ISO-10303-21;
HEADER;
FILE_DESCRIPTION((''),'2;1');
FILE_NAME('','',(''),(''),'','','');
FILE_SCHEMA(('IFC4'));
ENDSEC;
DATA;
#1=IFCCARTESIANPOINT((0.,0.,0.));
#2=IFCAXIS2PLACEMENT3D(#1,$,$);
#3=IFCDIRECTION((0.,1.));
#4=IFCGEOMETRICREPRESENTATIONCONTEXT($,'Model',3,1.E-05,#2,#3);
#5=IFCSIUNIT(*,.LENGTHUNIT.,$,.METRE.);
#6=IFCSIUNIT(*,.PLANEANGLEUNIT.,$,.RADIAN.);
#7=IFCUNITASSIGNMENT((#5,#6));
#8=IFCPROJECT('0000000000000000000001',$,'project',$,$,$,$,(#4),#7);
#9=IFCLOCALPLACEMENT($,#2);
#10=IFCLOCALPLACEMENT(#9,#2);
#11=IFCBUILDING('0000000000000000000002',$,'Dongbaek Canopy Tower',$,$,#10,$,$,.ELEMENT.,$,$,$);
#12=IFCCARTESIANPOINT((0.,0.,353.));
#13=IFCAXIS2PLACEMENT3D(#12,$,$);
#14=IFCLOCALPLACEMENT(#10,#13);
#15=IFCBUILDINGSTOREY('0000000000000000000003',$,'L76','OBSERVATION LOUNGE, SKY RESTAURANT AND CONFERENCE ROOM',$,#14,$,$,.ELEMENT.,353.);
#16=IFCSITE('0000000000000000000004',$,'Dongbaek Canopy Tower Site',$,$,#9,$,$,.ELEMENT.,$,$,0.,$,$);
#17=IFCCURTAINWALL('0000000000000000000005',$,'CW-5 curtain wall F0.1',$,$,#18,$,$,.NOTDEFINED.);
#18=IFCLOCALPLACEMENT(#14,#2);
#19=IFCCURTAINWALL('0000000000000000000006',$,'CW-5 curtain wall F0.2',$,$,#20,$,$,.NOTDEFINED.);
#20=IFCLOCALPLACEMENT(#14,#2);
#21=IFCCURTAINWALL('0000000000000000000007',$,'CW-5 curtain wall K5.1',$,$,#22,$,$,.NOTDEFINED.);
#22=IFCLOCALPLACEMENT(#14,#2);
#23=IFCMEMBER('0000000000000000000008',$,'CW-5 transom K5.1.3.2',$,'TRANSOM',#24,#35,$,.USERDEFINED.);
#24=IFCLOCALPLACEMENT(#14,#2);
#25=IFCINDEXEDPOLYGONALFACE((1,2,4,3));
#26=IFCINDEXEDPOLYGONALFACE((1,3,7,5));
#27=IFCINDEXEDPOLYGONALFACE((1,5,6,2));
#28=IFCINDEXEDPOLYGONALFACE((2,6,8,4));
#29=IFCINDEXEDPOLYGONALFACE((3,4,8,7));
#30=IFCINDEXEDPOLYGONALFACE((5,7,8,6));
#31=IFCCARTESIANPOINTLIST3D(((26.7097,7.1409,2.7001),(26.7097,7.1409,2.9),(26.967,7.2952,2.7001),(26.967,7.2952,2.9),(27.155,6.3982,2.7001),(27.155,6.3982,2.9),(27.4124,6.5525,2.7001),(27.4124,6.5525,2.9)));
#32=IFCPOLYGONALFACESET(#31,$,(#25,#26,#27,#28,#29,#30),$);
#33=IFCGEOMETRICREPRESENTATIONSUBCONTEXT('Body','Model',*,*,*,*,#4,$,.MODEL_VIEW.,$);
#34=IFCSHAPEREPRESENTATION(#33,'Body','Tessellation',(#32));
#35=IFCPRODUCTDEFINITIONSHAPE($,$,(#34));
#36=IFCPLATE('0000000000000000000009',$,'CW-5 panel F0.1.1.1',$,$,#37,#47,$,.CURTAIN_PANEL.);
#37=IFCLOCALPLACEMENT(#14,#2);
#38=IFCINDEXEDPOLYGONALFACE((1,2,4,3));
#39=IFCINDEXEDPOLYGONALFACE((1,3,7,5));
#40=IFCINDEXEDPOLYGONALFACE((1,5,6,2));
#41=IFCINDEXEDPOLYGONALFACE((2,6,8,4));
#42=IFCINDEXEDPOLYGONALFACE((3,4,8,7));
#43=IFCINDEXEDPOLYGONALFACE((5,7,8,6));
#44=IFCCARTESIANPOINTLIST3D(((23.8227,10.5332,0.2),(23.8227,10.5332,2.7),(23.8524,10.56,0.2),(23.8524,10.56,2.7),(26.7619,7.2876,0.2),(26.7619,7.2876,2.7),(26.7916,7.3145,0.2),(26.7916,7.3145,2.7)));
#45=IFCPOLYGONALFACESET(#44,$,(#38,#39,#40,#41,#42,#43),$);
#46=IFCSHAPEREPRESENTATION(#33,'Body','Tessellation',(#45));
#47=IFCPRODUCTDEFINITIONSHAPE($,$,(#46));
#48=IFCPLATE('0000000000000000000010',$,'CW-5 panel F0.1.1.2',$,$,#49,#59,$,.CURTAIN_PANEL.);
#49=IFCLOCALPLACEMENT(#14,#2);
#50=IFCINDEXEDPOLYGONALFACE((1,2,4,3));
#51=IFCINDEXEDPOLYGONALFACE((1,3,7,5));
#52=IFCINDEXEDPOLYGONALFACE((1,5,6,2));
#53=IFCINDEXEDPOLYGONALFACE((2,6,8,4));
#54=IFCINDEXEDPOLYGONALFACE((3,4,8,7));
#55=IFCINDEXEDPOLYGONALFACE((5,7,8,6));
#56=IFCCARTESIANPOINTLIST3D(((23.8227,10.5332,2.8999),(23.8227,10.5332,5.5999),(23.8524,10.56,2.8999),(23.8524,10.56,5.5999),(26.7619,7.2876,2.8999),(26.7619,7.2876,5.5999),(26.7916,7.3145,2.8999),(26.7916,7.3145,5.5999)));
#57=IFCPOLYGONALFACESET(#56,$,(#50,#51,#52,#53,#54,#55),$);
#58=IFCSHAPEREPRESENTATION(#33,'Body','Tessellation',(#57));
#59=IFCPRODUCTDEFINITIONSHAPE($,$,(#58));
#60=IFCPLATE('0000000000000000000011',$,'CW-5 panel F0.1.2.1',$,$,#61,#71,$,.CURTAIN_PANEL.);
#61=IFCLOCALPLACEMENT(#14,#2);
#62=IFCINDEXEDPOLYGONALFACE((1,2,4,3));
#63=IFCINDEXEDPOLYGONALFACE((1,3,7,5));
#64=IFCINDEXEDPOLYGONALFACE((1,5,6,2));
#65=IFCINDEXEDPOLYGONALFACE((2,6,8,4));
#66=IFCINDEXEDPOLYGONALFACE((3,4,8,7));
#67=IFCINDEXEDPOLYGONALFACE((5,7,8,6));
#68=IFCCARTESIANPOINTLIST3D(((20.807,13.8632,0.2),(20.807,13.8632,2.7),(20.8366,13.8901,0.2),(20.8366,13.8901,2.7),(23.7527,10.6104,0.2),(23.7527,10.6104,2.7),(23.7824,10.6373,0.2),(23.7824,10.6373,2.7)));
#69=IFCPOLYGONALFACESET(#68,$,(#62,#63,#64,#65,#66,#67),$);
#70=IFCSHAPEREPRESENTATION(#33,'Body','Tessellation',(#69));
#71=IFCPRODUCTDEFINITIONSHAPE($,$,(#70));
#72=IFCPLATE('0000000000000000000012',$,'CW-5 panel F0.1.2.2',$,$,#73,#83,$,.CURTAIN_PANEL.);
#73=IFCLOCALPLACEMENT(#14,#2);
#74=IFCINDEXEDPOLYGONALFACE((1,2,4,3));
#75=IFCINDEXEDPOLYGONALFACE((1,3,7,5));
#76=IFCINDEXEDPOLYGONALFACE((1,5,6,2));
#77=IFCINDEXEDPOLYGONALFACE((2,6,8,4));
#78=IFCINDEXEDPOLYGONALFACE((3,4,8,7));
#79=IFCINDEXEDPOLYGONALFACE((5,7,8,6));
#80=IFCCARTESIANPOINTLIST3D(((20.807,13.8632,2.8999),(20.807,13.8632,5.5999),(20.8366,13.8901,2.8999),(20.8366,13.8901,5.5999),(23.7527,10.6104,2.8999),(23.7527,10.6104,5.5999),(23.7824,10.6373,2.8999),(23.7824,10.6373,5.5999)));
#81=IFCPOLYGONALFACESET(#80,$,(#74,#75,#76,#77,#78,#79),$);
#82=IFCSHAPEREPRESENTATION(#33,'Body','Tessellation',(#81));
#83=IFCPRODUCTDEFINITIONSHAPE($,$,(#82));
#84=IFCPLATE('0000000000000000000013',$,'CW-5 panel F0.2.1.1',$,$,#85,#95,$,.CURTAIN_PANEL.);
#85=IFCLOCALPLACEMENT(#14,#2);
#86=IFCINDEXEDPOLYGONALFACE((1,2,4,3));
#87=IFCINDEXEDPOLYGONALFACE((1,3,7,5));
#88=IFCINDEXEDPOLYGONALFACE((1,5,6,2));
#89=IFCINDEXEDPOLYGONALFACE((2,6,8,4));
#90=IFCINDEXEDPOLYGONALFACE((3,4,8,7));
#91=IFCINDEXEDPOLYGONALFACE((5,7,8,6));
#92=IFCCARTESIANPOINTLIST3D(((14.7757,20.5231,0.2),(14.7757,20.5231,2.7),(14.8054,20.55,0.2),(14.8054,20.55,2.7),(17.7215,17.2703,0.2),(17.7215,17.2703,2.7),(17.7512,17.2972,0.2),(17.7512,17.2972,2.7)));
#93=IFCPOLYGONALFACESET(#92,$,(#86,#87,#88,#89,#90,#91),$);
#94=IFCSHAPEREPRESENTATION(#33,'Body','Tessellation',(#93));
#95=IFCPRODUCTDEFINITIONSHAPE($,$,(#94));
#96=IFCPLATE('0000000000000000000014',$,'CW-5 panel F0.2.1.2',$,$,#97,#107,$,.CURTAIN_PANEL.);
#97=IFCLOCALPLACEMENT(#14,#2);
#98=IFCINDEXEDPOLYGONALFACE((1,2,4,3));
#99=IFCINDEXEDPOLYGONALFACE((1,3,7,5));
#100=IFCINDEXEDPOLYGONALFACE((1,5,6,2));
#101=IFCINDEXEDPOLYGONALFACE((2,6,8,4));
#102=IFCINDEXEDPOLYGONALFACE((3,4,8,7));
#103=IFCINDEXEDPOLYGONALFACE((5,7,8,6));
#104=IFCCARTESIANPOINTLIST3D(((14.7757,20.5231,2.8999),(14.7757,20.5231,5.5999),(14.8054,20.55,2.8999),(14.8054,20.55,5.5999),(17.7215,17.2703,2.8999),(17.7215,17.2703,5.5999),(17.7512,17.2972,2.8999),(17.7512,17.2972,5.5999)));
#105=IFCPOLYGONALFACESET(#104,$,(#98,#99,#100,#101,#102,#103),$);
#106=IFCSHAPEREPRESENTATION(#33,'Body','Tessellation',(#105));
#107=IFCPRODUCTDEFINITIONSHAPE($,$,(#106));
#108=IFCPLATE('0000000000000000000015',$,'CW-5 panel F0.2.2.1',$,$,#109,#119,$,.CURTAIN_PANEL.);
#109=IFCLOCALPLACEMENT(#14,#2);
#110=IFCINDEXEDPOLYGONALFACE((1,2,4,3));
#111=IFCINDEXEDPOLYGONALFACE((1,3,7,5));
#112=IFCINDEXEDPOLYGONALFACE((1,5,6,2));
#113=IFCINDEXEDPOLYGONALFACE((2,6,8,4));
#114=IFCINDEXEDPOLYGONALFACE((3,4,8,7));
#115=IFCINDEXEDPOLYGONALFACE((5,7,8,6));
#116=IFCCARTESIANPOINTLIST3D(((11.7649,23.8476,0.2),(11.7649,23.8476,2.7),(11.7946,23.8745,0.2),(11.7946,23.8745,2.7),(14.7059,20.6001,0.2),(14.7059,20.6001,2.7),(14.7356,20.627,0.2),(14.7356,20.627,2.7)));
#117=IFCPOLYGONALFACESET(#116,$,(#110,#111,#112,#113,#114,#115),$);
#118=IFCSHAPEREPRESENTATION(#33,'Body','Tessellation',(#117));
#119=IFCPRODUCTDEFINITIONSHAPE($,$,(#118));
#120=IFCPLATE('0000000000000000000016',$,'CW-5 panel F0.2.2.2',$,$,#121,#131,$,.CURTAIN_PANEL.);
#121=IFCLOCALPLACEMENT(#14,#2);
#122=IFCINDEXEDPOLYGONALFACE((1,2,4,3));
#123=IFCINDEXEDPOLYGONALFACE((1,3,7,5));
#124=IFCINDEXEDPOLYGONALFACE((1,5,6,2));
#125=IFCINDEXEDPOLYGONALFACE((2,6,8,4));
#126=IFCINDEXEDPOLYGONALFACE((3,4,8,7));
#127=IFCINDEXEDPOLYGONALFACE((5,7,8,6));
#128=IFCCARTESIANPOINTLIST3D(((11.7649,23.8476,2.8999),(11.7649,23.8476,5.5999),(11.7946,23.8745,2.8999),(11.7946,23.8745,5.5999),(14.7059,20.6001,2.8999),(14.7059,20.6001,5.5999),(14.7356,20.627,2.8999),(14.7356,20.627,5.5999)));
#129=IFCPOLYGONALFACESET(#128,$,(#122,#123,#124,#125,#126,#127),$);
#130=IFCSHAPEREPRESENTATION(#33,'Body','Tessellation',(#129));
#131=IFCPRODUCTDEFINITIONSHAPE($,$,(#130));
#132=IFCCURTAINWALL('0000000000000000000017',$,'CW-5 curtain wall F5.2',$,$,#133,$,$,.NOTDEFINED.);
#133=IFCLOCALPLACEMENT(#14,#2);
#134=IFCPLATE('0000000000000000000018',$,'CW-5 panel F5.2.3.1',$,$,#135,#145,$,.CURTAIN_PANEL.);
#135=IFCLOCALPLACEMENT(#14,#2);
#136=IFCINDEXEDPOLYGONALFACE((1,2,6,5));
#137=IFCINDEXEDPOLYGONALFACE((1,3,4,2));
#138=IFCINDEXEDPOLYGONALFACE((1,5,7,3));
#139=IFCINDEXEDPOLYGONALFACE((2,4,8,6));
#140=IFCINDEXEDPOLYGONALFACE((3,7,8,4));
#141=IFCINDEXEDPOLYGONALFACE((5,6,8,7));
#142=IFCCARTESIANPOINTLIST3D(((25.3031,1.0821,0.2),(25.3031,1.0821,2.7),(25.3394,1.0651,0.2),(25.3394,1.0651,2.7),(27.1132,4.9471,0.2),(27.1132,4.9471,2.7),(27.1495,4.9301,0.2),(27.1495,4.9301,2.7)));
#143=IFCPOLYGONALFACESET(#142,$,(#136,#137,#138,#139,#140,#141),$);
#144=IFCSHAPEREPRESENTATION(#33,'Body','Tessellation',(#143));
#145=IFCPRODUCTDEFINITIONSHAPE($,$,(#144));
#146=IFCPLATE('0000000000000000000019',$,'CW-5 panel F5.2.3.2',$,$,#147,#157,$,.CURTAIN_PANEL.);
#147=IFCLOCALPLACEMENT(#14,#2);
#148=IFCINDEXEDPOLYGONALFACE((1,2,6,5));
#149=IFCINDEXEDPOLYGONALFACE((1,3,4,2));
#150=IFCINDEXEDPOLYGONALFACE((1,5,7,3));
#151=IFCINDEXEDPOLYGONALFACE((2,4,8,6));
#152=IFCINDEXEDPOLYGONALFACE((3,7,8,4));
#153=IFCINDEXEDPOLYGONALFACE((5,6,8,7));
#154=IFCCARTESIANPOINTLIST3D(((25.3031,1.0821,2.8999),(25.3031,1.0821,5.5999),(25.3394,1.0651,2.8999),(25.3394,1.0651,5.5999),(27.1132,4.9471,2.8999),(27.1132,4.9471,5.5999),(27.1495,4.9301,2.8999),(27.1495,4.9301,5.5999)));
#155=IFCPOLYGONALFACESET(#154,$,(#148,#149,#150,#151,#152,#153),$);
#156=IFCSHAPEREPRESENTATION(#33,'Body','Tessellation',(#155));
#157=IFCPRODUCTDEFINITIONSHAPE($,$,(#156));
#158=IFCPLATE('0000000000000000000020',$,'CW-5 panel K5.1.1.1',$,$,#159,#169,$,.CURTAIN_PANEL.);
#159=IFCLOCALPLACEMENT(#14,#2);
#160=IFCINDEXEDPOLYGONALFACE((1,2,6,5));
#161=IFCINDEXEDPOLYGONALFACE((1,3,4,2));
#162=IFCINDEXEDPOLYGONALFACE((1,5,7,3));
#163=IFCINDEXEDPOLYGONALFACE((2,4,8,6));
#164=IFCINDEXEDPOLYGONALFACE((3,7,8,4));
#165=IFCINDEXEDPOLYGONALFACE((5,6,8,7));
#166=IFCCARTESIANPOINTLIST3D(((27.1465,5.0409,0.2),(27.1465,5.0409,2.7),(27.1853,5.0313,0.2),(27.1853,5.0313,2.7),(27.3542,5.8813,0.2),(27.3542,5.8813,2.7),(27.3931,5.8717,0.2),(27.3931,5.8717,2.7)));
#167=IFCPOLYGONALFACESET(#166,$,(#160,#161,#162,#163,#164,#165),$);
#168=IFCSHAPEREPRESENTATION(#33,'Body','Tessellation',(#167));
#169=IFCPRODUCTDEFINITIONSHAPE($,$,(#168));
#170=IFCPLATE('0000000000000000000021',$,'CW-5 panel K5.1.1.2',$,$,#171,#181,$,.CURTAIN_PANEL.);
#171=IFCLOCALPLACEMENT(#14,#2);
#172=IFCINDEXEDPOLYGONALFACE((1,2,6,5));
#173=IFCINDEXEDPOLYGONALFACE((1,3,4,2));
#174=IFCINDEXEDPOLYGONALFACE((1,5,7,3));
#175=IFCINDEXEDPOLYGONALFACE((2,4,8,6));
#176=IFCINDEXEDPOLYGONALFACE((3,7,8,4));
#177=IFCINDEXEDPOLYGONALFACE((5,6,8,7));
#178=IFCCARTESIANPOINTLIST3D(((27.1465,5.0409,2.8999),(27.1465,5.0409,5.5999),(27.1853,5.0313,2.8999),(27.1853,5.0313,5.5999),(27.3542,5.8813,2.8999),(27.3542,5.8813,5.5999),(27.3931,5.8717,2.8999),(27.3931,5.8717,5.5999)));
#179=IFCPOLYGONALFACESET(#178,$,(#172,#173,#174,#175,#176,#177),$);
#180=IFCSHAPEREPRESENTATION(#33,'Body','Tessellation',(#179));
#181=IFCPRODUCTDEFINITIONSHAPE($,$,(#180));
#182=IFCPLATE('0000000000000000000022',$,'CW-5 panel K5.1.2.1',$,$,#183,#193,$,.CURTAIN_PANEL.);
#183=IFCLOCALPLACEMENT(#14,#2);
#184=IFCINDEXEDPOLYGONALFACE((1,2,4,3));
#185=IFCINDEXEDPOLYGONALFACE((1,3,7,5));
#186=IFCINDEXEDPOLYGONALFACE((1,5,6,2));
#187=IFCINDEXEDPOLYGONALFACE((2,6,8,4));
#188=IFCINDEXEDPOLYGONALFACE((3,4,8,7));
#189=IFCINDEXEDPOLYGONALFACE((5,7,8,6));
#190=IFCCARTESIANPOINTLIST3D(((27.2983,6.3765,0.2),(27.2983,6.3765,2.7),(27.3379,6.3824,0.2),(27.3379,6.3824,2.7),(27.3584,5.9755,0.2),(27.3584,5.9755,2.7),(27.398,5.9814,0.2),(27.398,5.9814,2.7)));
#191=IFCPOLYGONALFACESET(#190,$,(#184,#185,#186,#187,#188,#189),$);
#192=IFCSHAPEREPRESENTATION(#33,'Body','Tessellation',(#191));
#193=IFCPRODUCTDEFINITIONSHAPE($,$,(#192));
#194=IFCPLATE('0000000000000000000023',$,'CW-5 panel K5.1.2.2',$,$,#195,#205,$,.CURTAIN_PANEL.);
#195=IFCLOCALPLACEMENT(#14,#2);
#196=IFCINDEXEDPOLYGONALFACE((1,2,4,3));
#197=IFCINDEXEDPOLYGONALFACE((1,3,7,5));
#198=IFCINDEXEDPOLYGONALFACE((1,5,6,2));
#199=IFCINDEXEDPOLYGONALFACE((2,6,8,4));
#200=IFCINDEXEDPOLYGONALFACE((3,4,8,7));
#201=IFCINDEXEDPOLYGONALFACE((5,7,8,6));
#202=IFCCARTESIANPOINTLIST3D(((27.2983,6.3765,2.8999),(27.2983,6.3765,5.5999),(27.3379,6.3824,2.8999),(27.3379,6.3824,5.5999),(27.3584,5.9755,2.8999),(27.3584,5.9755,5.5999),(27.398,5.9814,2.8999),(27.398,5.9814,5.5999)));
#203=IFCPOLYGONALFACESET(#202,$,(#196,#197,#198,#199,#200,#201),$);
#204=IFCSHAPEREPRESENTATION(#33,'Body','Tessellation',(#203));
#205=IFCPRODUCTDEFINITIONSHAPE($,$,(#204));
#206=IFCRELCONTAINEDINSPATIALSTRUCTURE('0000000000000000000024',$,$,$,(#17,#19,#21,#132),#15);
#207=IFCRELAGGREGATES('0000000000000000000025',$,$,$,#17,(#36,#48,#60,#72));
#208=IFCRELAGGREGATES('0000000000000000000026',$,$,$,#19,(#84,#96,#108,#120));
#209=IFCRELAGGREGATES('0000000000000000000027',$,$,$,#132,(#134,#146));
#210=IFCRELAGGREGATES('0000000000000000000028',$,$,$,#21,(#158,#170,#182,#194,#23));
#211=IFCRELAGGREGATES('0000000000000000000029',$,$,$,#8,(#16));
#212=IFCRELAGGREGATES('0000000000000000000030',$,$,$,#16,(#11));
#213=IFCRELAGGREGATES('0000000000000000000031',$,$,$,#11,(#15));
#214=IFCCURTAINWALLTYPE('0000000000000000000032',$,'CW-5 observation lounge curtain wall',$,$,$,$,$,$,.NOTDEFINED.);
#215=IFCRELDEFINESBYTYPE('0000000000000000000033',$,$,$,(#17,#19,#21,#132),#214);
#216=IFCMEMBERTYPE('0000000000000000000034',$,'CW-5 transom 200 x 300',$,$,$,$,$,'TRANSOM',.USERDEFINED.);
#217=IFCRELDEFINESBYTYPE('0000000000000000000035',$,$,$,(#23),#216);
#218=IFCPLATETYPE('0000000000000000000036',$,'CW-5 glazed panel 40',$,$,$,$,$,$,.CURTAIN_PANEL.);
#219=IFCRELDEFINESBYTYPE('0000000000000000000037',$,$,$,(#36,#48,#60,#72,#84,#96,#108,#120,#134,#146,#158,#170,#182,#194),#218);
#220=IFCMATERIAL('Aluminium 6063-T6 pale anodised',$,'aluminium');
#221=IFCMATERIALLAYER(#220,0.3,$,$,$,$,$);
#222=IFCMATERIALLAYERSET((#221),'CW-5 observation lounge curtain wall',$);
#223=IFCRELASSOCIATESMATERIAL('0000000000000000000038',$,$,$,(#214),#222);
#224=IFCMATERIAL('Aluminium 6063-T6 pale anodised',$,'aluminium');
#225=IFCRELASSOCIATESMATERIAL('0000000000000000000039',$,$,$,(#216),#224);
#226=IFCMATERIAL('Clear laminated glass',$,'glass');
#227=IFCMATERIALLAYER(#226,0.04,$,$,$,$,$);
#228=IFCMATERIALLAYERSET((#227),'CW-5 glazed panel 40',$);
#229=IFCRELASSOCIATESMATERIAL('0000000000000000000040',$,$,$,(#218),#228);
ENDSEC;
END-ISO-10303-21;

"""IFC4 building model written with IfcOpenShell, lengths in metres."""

from ifc_helpers import new_model, si_unit, direction, frame, origin, origin_2d, place, context, subcontext, project, spatial, rectangle, extrude, material, layer, layer_set, material_profile, profile_set, type_object, element, aggregate, save


model = new_model("IFC4")

# Units and contexts
model_context = context("Model", 3, precision=1e-05, world=origin(), true_north=direction((0.0, 1.0)))
body_context = subcontext(model_context, "Body", "Model", "MODEL_VIEW")
ifc_project = project(units=[si_unit("LENGTHUNIT", "METRE"), si_unit("PLANEANGLEUNIT", "RADIAN")], contexts=[model_context])

# Site, building, storey
site_placement = place(None, origin())
site = spatial("IfcSite", under=ifc_project, at=site_placement, Name="Dongbaek Canopy Tower Site", CompositionType="ELEMENT", RefElevation=0.0)
building_placement = place(site_placement, origin())
building = spatial("IfcBuilding", under=site, at=building_placement, Name="Dongbaek Canopy Tower", CompositionType="ELEMENT")
storey_placement = place(building_placement, frame((0.0, 0.0, 353.0)))
storey = spatial("IfcBuildingStorey", under=building, at=storey_placement, Name="L76", Description="OBSERVATION LOUNGE, SKY RESTAURANT AND CONFERENCE ROOM", CompositionType="ELEMENT", Elevation=353.0)

# Curtain walls, member
ifc_material_1 = material(Name="Aluminium 6063-T6 pale anodised", Category="aluminium")
ifc_layer_1 = layer(ifc_material_1, 0.3)
ifc_layer_set_1 = layer_set([ifc_layer_1], Name="CW-5 observation lounge curtain wall")
curtain_wall_type = type_object("IfcCurtainWallType", Name="CW-5 observation lounge curtain wall", PredefinedType="NOTDEFINED", material=ifc_layer_set_1)
curtain_wall_1_placement = place(storey_placement, origin())
curtain_wall_1 = element("IfcCurtainWall", 1, at=curtain_wall_1_placement, inside=storey, type_object=curtain_wall_type, Name="CW-5 curtain wall F0.1", PredefinedType="NOTDEFINED")
ifc_material_2 = material(Name="Aluminium 6063-T6 pale anodised", Category="aluminium")
ifc_material_profile_1 = material_profile(ifc_material_2, rectangle(XDim=0.3, YDim=0.2, at=origin_2d()), Name="CW-5 transom 200 x 300")
ifc_profile_set_1 = profile_set([ifc_material_profile_1], Name="Aluminium 6063-T6 pale anodised")
member_type_1 = type_object("IfcMemberType", Name="CW-5 transom 200 x 300", ElementType="TRANSOM", PredefinedType="USERDEFINED", material=ifc_profile_set_1)
curtain_wall_2_placement = place(storey_placement, origin())
curtain_wall_2 = element("IfcCurtainWall", 2, at=curtain_wall_2_placement, inside=storey, type_object=curtain_wall_type, Name="CW-5 curtain wall F0.2", PredefinedType="NOTDEFINED")
curtain_wall_3_placement = place(storey_placement, origin())
curtain_wall_3 = element("IfcCurtainWall", 3, at=curtain_wall_3_placement, inside=storey, type_object=curtain_wall_type, Name="CW-5 curtain wall K5.1", PredefinedType="NOTDEFINED")
member_1_placement = place(storey_placement, frame((27.2837, 6.4753, 2.8), z_axis=(-0.514247, 0.857642, 0.0), x_axis=(-0.857642, -0.514247, 0.0)))
member_1 = element("IfcMember", 4, at=member_1_placement, type_object=member_type_1, Name="CW-5 transom K5.1.3.2", ObjectType="TRANSOM", PredefinedType="USERDEFINED", context=body_context, shape_type="SweptSolid", body=[
    extrude(rectangle(XDim=0.3, YDim=0.2, at=origin_2d()), origin(), (0.0, 0.0, 1.0), 0.866),
])

# Plates
ifc_material_3 = material(Name="Clear laminated glass", Category="glass")
ifc_layer_2 = layer(ifc_material_3, 0.04)
ifc_layer_set_2 = layer_set([ifc_layer_2], Name="CW-5 glazed panel 40")
plate_type = type_object("IfcPlateType", Name="CW-5 glazed panel 40", PredefinedType="CURTAIN_PANEL", material=ifc_layer_set_2)
plate_1_placement = place(storey_placement, frame((25.3071, 8.9238, 0.2), z_axis=(0.0, 0.0, 1.0), x_axis=(-0.67126, 0.741222, 0.0)))
plate_1 = element("IfcPlate", 5, at=plate_1_placement, type_object=plate_type, Name="CW-5 panel F0.1.1.1", PredefinedType="CURTAIN_PANEL", context=body_context, shape_type="SweptSolid", body=[
    extrude(rectangle(XDim=4.3787, YDim=0.04, at=origin_2d()), origin(), (0.0, 0.0, 1.0), 2.5),
])
plate_2_placement = place(storey_placement, frame((25.3071, 8.9238, 2.8999), z_axis=(0.0, 0.0, 1.0), x_axis=(-0.67126, 0.741222, 0.0)))
plate_2 = element("IfcPlate", 6, at=plate_2_placement, type_object=plate_type, Name="CW-5 panel F0.1.1.2", PredefinedType="CURTAIN_PANEL", context=body_context, shape_type="SweptSolid", body=[
    extrude(rectangle(XDim=4.3787, YDim=0.04, at=origin_2d()), origin(), (0.0, 0.0, 1.0), 2.7),
])
plate_3_placement = place(storey_placement, frame((22.2947, 12.2502, 0.2), z_axis=(0.0, 0.0, 1.0), x_axis=(-0.67126, 0.741222, 0.0)))
plate_3 = element("IfcPlate", 7, at=plate_3_placement, type_object=plate_type, Name="CW-5 panel F0.1.2.1", PredefinedType="CURTAIN_PANEL", context=body_context, shape_type="SweptSolid", body=[
    extrude(rectangle(XDim=4.3884, YDim=0.04, at=origin_2d()), origin(), (0.0, 0.0, 1.0), 2.5),
])
plate_4_placement = place(storey_placement, frame((22.2947, 12.2502, 2.8999), z_axis=(0.0, 0.0, 1.0), x_axis=(-0.67126, 0.741222, 0.0)))
plate_4 = element("IfcPlate", 8, at=plate_4_placement, type_object=plate_type, Name="CW-5 panel F0.1.2.2", PredefinedType="CURTAIN_PANEL", context=body_context, shape_type="SweptSolid", body=[
    extrude(rectangle(XDim=4.3884, YDim=0.04, at=origin_2d()), origin(), (0.0, 0.0, 1.0), 2.7),
])
aggregate(curtain_wall_1, [plate_1, plate_2, plate_3, plate_4])
plate_5_placement = place(storey_placement, frame((16.2634, 18.9102, 0.2), z_axis=(0.0, 0.0, 1.0), x_axis=(-0.67126, 0.741222, 0.0)))
plate_5 = element("IfcPlate", 9, at=plate_5_placement, type_object=plate_type, Name="CW-5 panel F0.2.1.1", PredefinedType="CURTAIN_PANEL", context=body_context, shape_type="SweptSolid", body=[
    extrude(rectangle(XDim=4.3884, YDim=0.04, at=origin_2d()), origin(), (0.0, 0.0, 1.0), 2.5),
])
plate_6_placement = place(storey_placement, frame((16.2634, 18.9102, 2.8999), z_axis=(0.0, 0.0, 1.0), x_axis=(-0.67126, 0.741222, 0.0)))
plate_6 = element("IfcPlate", 10, at=plate_6_placement, type_object=plate_type, Name="CW-5 panel F0.2.1.2", PredefinedType="CURTAIN_PANEL", context=body_context, shape_type="SweptSolid", body=[
    extrude(rectangle(XDim=4.3884, YDim=0.04, at=origin_2d()), origin(), (0.0, 0.0, 1.0), 2.7),
])
plate_7_placement = place(storey_placement, frame((13.2502, 22.2373, 0.2), z_axis=(0.0, 0.0, 1.0), x_axis=(-0.67126, 0.741222, 0.0)))
plate_7 = element("IfcPlate", 11, at=plate_7_placement, type_object=plate_type, Name="CW-5 panel F0.2.2.1", PredefinedType="CURTAIN_PANEL", context=body_context, shape_type="SweptSolid", body=[
    extrude(rectangle(XDim=4.3813, YDim=0.04, at=origin_2d()), origin(), (0.0, 0.0, 1.0), 2.5),
])
plate_8_placement = place(storey_placement, frame((13.2502, 22.2373, 2.8999), z_axis=(0.0, 0.0, 1.0), x_axis=(-0.67126, 0.741222, 0.0)))
plate_8 = element("IfcPlate", 12, at=plate_8_placement, type_object=plate_type, Name="CW-5 panel F0.2.2.2", PredefinedType="CURTAIN_PANEL", context=body_context, shape_type="SweptSolid", body=[
    extrude(rectangle(XDim=4.3813, YDim=0.04, at=origin_2d()), origin(), (0.0, 0.0, 1.0), 2.7),
])
aggregate(curtain_wall_2, [plate_5, plate_6, plate_7, plate_8])

# Curtain wall, plates
curtain_wall_4_placement = place(storey_placement, origin())
curtain_wall_4 = element("IfcCurtainWall", 13, at=curtain_wall_4_placement, inside=storey, type_object=curtain_wall_type, Name="CW-5 curtain wall F5.2", PredefinedType="NOTDEFINED")
plate_9_placement = place(storey_placement, frame((26.2263, 3.0061, 0.2), z_axis=(0.0, 0.0, 1.0), x_axis=(0.424123, 0.905605, 0.0)))
plate_9 = element("IfcPlate", 14, at=plate_9_placement, type_object=plate_type, Name="CW-5 panel F5.2.3.1", PredefinedType="CURTAIN_PANEL", context=body_context, shape_type="SweptSolid", body=[
    extrude(rectangle(XDim=4.2678, YDim=0.04, at=origin_2d()), origin(), (0.0, 0.0, 1.0), 2.5),
])
plate_10_placement = place(storey_placement, frame((26.2263, 3.0061, 2.8999), z_axis=(0.0, 0.0, 1.0), x_axis=(0.424123, 0.905605, 0.0)))
plate_10 = element("IfcPlate", 15, at=plate_10_placement, type_object=plate_type, Name="CW-5 panel F5.2.3.2", PredefinedType="CURTAIN_PANEL", context=body_context, shape_type="SweptSolid", body=[
    extrude(rectangle(XDim=4.2678, YDim=0.04, at=origin_2d()), origin(), (0.0, 0.0, 1.0), 2.7),
])
aggregate(curtain_wall_4, [plate_9, plate_10])

# Plates
plate_11_placement = place(storey_placement, frame((27.2698, 5.4563, 0.2), z_axis=(0.0, 0.0, 1.0), x_axis=(0.239978, 0.970778, 0.0)))
plate_11 = element("IfcPlate", 16, at=plate_11_placement, type_object=plate_type, Name="CW-5 panel K5.1.1.1", PredefinedType="CURTAIN_PANEL", context=body_context, shape_type="SweptSolid", body=[
    extrude(rectangle(XDim=0.8657, YDim=0.04, at=origin_2d()), origin(), (0.0, 0.0, 1.0), 2.5),
])
plate_12_placement = place(storey_placement, frame((27.2698, 5.4563, 2.8999), z_axis=(0.0, 0.0, 1.0), x_axis=(0.239978, 0.970778, 0.0)))
plate_12 = element("IfcPlate", 17, at=plate_12_placement, type_object=plate_type, Name="CW-5 panel K5.1.1.2", PredefinedType="CURTAIN_PANEL", context=body_context, shape_type="SweptSolid", body=[
    extrude(rectangle(XDim=0.8657, YDim=0.04, at=origin_2d()), origin(), (0.0, 0.0, 1.0), 2.7),
])
plate_13_placement = place(storey_placement, frame((27.3481, 6.179, 0.2), z_axis=(0.0, 0.0, 1.0), x_axis=(-0.148408, 0.988926, 0.0)))
plate_13 = element("IfcPlate", 18, at=plate_13_placement, type_object=plate_type, Name="CW-5 panel K5.1.2.1", PredefinedType="CURTAIN_PANEL", context=body_context, shape_type="SweptSolid", body=[
    extrude(rectangle(XDim=0.4055, YDim=0.04, at=origin_2d()), origin(), (0.0, 0.0, 1.0), 2.5),
])
plate_14_placement = place(storey_placement, frame((27.3481, 6.179, 2.8999), z_axis=(0.0, 0.0, 1.0), x_axis=(-0.148408, 0.988926, 0.0)))
plate_14 = element("IfcPlate", 19, at=plate_14_placement, type_object=plate_type, Name="CW-5 panel K5.1.2.2", PredefinedType="CURTAIN_PANEL", context=body_context, shape_type="SweptSolid", body=[
    extrude(rectangle(XDim=0.4055, YDim=0.04, at=origin_2d()), origin(), (0.0, 0.0, 1.0), 2.7),
])
aggregate(curtain_wall_3, [plate_11, plate_12, plate_13, plate_14, member_1])

save(model, "model.ifc")
